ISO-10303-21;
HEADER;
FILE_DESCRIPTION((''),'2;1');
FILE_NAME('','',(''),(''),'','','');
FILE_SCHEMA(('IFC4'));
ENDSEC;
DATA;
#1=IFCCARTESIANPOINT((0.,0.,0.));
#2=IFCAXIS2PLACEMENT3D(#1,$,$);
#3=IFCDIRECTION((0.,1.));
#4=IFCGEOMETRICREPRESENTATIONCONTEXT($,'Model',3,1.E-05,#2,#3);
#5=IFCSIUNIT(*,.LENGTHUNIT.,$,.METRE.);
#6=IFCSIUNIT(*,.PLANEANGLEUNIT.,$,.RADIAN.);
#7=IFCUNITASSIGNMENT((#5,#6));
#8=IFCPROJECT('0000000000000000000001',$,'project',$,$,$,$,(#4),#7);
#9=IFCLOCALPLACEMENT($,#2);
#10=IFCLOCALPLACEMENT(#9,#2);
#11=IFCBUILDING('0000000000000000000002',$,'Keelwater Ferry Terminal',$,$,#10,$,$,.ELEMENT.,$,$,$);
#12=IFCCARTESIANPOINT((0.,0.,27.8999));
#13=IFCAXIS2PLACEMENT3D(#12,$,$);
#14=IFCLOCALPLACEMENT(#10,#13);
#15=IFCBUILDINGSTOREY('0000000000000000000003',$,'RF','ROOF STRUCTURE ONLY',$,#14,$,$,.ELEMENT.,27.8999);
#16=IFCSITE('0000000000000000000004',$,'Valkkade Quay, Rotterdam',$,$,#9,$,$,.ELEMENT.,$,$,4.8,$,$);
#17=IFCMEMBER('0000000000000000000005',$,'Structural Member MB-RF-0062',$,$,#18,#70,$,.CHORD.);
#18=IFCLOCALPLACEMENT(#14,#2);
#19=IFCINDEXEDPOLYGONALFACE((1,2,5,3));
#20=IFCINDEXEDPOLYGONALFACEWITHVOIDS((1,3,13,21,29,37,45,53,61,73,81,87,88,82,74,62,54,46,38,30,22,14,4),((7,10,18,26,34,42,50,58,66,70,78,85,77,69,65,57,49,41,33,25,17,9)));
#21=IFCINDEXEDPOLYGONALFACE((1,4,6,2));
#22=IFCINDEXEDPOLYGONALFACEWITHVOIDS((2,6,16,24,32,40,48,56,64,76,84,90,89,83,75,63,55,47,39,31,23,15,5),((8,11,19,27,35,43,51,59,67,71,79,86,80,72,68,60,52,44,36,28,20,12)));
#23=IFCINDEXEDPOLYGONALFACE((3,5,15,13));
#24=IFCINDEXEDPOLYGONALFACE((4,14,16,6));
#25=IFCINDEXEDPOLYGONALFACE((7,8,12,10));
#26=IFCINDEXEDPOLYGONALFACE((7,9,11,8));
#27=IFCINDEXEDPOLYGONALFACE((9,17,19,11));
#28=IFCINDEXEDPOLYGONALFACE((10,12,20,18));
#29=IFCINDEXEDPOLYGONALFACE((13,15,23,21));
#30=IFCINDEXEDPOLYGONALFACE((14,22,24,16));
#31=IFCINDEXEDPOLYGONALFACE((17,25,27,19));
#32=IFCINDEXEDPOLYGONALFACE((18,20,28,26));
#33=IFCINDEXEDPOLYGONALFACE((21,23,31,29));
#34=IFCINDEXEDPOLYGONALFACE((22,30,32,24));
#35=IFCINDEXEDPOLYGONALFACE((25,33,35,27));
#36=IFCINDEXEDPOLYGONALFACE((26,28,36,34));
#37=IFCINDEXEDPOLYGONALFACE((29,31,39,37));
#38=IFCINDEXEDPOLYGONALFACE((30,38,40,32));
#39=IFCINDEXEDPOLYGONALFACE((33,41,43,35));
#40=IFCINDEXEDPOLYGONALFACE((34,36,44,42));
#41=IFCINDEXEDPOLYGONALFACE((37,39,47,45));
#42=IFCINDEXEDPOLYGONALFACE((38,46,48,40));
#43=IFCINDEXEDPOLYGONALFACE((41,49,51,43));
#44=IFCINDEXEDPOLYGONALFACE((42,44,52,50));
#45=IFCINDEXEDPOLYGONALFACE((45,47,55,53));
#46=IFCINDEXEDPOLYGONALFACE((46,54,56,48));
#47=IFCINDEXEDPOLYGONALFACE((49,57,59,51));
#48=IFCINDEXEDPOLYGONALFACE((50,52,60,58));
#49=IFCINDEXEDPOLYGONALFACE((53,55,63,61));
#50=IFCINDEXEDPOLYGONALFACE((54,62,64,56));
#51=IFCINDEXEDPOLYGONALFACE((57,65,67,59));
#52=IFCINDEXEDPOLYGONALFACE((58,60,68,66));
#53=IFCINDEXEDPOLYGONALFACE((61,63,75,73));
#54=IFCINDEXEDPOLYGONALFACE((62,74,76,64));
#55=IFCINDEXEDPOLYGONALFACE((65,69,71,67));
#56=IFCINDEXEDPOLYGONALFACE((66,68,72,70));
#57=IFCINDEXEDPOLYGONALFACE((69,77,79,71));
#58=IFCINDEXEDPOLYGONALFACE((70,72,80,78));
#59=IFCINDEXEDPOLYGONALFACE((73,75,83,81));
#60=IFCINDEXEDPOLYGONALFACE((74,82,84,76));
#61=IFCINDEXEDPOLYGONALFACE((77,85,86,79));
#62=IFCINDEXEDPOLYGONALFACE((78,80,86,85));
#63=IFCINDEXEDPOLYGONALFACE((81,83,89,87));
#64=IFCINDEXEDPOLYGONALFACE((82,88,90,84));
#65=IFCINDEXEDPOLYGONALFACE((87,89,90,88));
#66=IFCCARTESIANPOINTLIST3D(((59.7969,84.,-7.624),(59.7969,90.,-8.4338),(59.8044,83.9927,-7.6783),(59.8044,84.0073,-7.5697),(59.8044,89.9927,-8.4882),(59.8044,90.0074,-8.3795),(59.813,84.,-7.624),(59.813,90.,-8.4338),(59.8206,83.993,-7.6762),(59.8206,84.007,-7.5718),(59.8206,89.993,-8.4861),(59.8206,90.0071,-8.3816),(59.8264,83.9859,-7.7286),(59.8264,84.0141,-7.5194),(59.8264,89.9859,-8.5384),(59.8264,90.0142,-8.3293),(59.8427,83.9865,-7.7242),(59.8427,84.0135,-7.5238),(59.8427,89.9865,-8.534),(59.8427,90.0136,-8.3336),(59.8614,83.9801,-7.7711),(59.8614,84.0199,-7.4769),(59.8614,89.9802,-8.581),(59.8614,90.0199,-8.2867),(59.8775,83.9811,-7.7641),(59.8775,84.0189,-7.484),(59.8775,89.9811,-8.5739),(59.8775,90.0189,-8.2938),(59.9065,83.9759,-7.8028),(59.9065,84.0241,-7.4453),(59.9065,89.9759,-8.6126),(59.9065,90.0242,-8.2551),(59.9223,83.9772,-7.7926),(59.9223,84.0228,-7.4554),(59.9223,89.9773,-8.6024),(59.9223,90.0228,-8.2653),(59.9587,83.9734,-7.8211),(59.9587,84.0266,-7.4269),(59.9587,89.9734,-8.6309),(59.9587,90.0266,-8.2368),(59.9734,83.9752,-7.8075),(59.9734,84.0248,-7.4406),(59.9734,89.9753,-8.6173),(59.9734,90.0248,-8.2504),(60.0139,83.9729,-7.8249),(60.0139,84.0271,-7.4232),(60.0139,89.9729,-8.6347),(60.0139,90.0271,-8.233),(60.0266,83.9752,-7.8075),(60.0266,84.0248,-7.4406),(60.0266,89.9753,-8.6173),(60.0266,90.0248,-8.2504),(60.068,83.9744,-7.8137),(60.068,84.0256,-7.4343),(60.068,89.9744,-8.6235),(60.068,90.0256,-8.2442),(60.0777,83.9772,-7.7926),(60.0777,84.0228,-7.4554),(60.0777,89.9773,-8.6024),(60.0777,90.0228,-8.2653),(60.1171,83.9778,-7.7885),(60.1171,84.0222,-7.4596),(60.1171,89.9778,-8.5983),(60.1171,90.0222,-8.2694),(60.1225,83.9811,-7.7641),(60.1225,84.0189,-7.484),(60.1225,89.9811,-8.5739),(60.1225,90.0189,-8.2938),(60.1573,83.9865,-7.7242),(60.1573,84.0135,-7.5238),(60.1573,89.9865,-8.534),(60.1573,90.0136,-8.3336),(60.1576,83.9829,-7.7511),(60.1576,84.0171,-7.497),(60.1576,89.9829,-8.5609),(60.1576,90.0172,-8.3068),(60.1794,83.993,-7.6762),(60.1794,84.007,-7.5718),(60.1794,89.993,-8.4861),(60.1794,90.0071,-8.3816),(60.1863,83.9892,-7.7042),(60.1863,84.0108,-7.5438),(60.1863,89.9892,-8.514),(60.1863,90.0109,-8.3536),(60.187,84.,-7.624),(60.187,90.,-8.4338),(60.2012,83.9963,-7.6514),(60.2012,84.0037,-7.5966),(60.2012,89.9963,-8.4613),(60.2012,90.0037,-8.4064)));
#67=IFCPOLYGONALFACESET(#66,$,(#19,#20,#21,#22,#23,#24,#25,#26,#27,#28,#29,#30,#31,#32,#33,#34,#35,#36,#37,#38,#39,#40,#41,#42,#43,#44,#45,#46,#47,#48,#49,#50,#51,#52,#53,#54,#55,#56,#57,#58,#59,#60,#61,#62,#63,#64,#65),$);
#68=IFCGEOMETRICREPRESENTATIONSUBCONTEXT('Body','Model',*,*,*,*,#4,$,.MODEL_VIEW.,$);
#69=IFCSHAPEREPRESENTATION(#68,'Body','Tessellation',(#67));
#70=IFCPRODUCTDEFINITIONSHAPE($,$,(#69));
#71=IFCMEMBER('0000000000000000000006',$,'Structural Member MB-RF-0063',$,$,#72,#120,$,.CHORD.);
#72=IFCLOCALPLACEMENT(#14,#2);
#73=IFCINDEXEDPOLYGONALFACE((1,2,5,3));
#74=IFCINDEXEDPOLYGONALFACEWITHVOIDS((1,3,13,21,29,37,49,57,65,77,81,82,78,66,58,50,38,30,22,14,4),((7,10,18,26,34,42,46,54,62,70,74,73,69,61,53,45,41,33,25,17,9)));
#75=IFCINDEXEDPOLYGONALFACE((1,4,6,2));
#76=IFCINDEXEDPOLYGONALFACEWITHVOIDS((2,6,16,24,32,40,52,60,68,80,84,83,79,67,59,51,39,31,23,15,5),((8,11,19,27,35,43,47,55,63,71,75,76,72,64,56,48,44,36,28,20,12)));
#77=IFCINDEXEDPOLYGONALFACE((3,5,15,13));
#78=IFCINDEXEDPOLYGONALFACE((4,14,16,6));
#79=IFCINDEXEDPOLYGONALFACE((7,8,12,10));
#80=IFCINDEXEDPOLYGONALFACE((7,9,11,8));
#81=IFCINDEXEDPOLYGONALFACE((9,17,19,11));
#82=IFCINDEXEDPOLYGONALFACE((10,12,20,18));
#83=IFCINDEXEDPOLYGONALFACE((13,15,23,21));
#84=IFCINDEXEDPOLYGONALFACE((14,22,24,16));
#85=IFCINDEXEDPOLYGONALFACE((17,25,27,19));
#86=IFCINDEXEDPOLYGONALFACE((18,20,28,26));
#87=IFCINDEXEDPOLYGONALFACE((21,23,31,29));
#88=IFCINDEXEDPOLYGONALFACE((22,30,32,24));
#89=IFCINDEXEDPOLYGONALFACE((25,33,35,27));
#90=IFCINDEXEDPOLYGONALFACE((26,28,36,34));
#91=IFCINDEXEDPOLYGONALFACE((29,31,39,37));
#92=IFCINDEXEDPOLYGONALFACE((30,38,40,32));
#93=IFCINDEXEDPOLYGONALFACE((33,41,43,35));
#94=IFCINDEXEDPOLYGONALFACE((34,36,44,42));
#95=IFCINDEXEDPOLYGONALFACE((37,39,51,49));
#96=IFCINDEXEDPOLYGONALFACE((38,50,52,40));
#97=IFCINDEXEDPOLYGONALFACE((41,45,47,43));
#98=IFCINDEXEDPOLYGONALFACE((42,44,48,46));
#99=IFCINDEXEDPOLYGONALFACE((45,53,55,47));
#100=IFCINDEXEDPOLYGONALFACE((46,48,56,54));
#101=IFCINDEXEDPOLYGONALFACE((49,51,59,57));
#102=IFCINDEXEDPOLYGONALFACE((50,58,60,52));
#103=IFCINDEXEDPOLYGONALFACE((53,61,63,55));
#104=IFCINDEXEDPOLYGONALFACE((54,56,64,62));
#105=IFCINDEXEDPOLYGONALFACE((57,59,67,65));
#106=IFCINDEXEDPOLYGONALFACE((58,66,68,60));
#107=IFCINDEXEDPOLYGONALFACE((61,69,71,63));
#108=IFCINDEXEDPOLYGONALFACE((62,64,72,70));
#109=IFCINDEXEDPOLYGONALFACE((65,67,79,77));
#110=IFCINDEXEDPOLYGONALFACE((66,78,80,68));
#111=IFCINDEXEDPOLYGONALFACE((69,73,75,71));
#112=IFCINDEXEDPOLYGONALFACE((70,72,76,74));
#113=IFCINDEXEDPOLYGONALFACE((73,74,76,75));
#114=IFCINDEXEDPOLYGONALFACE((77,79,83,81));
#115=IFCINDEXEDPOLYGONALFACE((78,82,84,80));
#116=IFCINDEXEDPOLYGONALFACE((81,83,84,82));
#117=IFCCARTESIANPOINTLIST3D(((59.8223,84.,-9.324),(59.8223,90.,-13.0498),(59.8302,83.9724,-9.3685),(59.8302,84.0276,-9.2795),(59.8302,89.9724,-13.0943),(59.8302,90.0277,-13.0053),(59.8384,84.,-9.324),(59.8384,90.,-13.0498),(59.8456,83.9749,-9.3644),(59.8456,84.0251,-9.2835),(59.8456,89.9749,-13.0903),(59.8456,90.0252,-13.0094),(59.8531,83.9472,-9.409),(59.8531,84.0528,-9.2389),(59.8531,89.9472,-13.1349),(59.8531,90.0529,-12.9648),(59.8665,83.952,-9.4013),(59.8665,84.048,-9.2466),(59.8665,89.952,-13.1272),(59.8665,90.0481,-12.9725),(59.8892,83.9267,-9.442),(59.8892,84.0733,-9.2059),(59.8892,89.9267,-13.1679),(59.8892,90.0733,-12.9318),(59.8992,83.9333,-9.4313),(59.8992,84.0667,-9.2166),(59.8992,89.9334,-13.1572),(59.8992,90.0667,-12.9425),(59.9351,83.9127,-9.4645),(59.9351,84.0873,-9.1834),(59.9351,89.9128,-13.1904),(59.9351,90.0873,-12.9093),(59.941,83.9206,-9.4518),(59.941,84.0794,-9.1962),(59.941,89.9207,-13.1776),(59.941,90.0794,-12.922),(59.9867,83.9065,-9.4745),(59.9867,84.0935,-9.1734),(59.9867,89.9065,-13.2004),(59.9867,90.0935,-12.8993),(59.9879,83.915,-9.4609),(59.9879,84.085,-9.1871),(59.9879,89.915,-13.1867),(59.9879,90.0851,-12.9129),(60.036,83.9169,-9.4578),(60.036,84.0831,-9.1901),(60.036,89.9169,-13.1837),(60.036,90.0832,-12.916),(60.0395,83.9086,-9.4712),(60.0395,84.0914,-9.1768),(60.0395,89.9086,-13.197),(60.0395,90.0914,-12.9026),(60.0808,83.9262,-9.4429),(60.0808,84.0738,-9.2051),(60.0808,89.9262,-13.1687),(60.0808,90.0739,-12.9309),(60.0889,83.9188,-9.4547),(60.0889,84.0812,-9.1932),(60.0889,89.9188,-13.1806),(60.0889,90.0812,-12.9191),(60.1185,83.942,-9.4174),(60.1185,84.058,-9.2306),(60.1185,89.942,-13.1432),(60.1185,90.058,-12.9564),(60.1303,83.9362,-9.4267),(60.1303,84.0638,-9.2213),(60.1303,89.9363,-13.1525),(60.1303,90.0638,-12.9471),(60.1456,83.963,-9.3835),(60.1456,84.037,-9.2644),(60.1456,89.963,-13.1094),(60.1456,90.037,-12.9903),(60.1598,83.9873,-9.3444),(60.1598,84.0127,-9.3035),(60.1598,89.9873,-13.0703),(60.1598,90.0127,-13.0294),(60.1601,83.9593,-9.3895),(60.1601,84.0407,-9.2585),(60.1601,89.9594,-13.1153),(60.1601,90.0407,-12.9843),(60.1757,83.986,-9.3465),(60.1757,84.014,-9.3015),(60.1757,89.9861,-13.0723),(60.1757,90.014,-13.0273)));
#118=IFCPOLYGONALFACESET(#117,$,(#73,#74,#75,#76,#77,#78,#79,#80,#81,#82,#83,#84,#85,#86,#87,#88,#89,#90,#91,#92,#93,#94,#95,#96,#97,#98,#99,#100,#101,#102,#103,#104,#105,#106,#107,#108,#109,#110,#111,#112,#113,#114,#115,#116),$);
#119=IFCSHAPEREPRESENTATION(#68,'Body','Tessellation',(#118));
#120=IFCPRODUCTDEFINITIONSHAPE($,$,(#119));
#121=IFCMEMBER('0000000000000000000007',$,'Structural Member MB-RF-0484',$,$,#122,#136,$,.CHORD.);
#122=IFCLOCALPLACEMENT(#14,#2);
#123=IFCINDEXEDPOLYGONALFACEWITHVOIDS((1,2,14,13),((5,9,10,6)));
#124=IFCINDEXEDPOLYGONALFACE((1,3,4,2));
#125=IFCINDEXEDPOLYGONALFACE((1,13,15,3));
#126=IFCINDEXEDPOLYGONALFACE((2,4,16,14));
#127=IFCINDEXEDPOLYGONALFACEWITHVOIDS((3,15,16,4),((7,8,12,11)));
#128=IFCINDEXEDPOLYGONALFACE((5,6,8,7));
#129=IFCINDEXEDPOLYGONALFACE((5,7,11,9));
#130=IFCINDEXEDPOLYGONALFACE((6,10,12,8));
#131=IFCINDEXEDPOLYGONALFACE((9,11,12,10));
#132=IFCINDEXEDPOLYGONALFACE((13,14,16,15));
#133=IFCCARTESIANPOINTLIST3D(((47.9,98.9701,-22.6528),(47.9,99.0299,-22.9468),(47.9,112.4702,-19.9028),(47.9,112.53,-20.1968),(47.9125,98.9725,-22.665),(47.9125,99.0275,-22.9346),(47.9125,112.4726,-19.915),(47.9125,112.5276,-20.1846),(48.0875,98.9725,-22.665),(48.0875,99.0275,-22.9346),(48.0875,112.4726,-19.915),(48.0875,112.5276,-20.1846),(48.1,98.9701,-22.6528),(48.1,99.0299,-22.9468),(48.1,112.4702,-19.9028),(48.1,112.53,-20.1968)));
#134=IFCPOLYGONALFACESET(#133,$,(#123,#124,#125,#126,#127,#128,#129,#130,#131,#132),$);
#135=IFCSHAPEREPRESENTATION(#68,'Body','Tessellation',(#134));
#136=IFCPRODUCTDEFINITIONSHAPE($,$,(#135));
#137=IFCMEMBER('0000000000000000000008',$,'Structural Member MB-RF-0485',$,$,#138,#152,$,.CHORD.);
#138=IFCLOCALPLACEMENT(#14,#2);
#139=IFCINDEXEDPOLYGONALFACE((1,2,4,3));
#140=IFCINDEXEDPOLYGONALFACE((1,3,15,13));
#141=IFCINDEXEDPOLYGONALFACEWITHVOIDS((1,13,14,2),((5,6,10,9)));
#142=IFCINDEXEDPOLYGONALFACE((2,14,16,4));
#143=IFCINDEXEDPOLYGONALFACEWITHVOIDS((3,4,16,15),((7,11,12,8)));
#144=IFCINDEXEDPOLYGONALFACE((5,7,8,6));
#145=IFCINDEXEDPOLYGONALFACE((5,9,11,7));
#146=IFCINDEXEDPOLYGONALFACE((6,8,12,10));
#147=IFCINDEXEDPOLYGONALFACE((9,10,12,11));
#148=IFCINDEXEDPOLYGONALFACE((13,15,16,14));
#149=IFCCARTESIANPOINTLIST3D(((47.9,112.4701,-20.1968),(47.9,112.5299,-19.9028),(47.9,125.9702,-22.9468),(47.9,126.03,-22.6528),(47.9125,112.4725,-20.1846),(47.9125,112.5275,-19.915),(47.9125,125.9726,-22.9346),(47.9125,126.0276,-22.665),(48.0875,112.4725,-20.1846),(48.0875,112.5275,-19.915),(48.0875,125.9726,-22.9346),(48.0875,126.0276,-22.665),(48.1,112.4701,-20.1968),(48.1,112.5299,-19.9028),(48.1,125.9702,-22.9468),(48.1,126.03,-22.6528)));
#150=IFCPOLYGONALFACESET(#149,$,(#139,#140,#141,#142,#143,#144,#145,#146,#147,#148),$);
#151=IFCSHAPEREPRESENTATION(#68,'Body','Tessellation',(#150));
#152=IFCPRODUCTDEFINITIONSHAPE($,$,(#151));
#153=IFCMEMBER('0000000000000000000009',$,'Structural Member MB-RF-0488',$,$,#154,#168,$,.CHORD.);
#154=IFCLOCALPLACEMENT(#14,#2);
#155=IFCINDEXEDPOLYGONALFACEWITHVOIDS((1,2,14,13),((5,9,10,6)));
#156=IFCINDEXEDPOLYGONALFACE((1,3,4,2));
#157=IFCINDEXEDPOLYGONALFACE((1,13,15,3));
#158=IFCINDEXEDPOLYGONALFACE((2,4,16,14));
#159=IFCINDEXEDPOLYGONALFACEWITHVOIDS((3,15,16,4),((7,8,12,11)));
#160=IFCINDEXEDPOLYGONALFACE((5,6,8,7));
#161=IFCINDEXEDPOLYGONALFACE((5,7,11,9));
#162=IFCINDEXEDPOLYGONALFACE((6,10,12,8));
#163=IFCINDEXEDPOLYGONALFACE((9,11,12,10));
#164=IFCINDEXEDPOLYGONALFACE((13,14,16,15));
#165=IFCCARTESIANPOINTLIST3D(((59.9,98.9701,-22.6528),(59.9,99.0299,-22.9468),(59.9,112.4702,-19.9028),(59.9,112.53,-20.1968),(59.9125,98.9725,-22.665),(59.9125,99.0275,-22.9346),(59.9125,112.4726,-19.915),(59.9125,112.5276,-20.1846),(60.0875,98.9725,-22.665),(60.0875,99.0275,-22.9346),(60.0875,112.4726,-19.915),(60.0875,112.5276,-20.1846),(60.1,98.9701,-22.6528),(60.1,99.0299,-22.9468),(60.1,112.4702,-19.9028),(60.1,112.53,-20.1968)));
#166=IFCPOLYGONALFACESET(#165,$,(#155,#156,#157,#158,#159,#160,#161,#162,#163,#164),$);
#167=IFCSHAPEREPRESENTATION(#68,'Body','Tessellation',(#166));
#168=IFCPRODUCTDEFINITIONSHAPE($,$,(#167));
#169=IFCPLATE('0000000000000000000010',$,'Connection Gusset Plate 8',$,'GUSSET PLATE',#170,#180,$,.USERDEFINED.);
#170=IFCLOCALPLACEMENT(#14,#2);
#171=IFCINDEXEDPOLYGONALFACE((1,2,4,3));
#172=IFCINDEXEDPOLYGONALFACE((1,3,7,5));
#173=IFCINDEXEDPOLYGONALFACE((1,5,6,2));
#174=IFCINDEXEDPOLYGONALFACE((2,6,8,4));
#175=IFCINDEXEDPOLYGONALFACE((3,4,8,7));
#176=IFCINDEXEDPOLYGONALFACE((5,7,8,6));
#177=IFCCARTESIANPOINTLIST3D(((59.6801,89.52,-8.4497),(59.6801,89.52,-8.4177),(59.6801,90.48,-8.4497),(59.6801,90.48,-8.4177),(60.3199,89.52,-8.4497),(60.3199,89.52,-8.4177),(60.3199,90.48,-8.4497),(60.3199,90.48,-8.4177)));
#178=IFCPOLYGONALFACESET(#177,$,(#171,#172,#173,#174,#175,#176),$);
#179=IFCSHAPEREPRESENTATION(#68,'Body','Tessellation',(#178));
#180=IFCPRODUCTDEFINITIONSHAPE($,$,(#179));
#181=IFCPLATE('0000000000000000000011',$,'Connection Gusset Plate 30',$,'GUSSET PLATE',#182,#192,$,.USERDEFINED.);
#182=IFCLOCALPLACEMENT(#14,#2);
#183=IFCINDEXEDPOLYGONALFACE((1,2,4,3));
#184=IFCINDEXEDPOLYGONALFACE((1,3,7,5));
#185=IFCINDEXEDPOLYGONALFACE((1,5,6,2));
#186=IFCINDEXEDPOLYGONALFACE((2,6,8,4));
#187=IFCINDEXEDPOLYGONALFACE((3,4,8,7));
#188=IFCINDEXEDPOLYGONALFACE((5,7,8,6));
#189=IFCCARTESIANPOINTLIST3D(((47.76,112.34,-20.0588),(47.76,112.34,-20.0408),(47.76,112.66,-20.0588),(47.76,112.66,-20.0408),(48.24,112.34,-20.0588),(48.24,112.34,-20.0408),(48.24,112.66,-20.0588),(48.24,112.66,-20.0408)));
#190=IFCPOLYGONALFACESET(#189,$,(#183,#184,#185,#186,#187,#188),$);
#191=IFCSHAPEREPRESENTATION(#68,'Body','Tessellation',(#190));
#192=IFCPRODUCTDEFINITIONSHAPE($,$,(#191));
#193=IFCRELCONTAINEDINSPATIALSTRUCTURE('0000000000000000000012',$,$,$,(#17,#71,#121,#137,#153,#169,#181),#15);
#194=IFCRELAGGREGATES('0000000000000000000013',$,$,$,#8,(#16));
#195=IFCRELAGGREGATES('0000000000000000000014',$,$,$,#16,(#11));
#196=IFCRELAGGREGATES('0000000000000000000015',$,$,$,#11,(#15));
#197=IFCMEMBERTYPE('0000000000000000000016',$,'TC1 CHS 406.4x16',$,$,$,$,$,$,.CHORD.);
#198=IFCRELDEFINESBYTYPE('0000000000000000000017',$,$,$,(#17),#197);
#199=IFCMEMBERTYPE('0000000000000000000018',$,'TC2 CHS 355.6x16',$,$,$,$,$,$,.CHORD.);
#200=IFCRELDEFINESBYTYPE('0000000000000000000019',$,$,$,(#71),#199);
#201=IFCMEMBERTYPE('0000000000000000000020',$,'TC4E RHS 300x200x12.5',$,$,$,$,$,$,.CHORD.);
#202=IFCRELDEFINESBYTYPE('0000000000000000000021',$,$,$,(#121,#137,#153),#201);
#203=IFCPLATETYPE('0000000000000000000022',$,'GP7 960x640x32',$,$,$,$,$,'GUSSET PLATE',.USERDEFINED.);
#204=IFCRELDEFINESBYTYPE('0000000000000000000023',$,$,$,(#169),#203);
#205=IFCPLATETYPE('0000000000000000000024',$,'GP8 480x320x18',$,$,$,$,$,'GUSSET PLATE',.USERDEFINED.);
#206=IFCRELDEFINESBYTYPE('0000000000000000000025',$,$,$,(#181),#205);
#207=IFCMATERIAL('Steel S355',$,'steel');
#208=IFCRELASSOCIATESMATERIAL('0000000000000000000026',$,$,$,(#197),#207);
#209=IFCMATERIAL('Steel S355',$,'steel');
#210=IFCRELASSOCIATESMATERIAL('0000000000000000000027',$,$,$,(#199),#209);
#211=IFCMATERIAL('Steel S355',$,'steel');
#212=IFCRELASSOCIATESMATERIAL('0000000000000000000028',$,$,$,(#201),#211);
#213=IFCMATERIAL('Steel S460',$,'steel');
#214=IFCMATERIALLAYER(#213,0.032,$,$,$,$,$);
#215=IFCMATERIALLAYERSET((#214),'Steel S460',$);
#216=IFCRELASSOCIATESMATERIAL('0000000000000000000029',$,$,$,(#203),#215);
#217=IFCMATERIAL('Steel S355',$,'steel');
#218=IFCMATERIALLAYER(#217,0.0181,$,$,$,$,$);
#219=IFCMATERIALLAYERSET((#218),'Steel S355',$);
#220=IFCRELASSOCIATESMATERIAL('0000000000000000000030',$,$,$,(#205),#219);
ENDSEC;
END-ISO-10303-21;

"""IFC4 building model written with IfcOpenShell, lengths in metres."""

from ifc_helpers import new_model, si_unit, direction, frame, origin, origin_2d, place, context, subcontext, project, spatial, rectangle, hollow_rectangle, hollow_circle, extrude, material, layer, layer_set, material_profile, profile_set, type_object, element, save


model = new_model("IFC4")

# Units and contexts
model_context = context("Model", 3, precision=1e-05, world=origin(), true_north=direction((0.0, 1.0)))
body_context = subcontext(model_context, "Body", "Model", "MODEL_VIEW")
ifc_project = project(units=[si_unit("LENGTHUNIT", "METRE"), si_unit("PLANEANGLEUNIT", "RADIAN")], contexts=[model_context])

# Site, building, storey
site_placement = place(None, origin())
site = spatial("IfcSite", under=ifc_project, at=site_placement, Name="Valkkade Quay, Rotterdam", CompositionType="ELEMENT", RefElevation=4.8)
building_placement = place(site_placement, origin())
building = spatial("IfcBuilding", under=site, at=building_placement, Name="Keelwater Ferry Terminal", CompositionType="ELEMENT")
storey_placement = place(building_placement, frame((0.0, 0.0, 27.8999)))
storey = spatial("IfcBuildingStorey", under=building, at=storey_placement, Name="RF", Description="ROOF STRUCTURE ONLY", CompositionType="ELEMENT", Elevation=27.8999)

# Members
ifc_material_1 = material(Name="Steel S355", Category="steel")
ifc_material_profile_1 = material_profile(ifc_material_1, hollow_circle(Radius=0.2031, WallThickness=0.0161, at=origin_2d()), Name="CHS 406.4x16")
ifc_profile_set_1 = profile_set([ifc_material_profile_1], Name="Steel S355")
member_type_1 = type_object("IfcMemberType", Name="TC1 CHS 406.4x16", PredefinedType="CHORD", material=ifc_profile_set_1)
member_1_placement = place(storey_placement, frame((60.0, 84.0, -7.624), z_axis=(0.0, 0.991014, -0.133756), x_axis=(-1.0, 0.0, 0.0)))
element("IfcMember", 1, at=member_1_placement, inside=storey, type_object=member_type_1, Name="Structural Member MB-RF-0062", PredefinedType="CHORD", context=body_context, shape_type="SweptSolid", body=[
    extrude(hollow_circle(Radius=0.2031, WallThickness=0.0161, at=origin_2d()), origin(), (0.0, 0.0, 1.0), 6.0544),
])
ifc_material_2 = material(Name="Steel S355", Category="steel")
ifc_material_profile_2 = material_profile(ifc_material_2, hollow_circle(Radius=0.1777, WallThickness=0.0161, at=origin_2d()), Name="CHS 355.6x16")
ifc_profile_set_2 = profile_set([ifc_material_profile_2], Name="Steel S355")
member_type_2 = type_object("IfcMemberType", Name="TC2 CHS 355.6x16", PredefinedType="CHORD", material=ifc_profile_set_2)
member_2_placement = place(storey_placement, frame((60.0, 84.0, -9.324), z_axis=(0.0, 0.849533, -0.527536), x_axis=(-1.0, 0.0, 0.0)))
element("IfcMember", 2, at=member_2_placement, inside=storey, type_object=member_type_2, Name="Structural Member MB-RF-0063", PredefinedType="CHORD", context=body_context, shape_type="SweptSolid", body=[
    extrude(hollow_circle(Radius=0.1777, WallThickness=0.0161, at=origin_2d()), origin(), (0.0, 0.0, 1.0), 7.0627),
])
ifc_material_3 = material(Name="Steel S355", Category="steel")
ifc_material_profile_3 = material_profile(ifc_material_3, hollow_rectangle(XDim=0.2, YDim=0.3, WallThickness=0.0125, at=origin_2d()), Name="RHS 300x200x12.5")
ifc_profile_set_3 = profile_set([ifc_material_profile_3], Name="Steel S355")
member_type_3 = type_object("IfcMemberType", Name="TC4E RHS 300x200x12.5", PredefinedType="CHORD", material=ifc_profile_set_3)
for number, where, z_axis, x_axis, name in (
    (3, (48.0, 99.0, -22.7998), (0.0, 0.979877, 0.199604), (-1.0, 0.0, 0.0), "Structural Member MB-RF-0484"),
    (4, (48.0, 112.5, -20.0498), (0.0, 0.979877, -0.199604), (-1.0, 0.0, 0.0), "Structural Member MB-RF-0485"),
    (5, (60.0, 99.0, -22.7998), (0.0, 0.979877, 0.199604), (-1.0, 0.0, 0.0), "Structural Member MB-RF-0488"),
):
    element("IfcMember", number, at=place(storey_placement, frame(where, z_axis=z_axis, x_axis=x_axis)), inside=storey, type_object=member_type_3, Name=name, PredefinedType="CHORD", context=body_context, shape_type="SweptSolid", body=[
        extrude(hollow_rectangle(XDim=0.2, YDim=0.3, WallThickness=0.0125, at=origin_2d()), origin(), (0.0, 0.0, 1.0), 13.7773),
    ])

# Plates
ifc_material_4 = material(Name="Steel S460", Category="steel")
ifc_layer_1 = layer(ifc_material_4, 0.032)
ifc_layer_set_1 = layer_set([ifc_layer_1], Name="Steel S460")
plate_type_1 = type_object("IfcPlateType", Name="GP7 960x640x32", ElementType="GUSSET PLATE", PredefinedType="USERDEFINED", material=ifc_layer_set_1)
plate_1_placement = place(storey_placement, frame((60.0, 90.0, -8.4497), z_axis=(0.0, 0.0, 1.0), x_axis=(0.0, 1.0, 0.0)))
element("IfcPlate", 6, at=plate_1_placement, inside=storey, type_object=plate_type_1, Name="Connection Gusset Plate 8", ObjectType="GUSSET PLATE", PredefinedType="USERDEFINED", context=body_context, shape_type="SweptSolid", body=[
    extrude(rectangle(XDim=0.96, YDim=0.6399, at=origin_2d()), origin(), (0.0, 0.0, 1.0), 0.032),
])
ifc_material_5 = material(Name="Steel S355", Category="steel")
ifc_layer_2 = layer(ifc_material_5, 0.0181)
ifc_layer_set_2 = layer_set([ifc_layer_2], Name="Steel S355")
plate_type_2 = type_object("IfcPlateType", Name="GP8 480x320x18", ElementType="GUSSET PLATE", PredefinedType="USERDEFINED", material=ifc_layer_set_2)
plate_2_placement = place(storey_placement, frame((48.0, 112.5, -20.0588), z_axis=(0.0, 0.0, 1.0), x_axis=(1.0, 0.0, 0.0)))
element("IfcPlate", 7, at=plate_2_placement, inside=storey, type_object=plate_type_2, Name="Connection Gusset Plate 30", ObjectType="GUSSET PLATE", PredefinedType="USERDEFINED", context=body_context, shape_type="SweptSolid", body=[
    extrude(rectangle(XDim=0.48, YDim=0.3201, at=origin_2d()), origin(), (0.0, 0.0, 1.0), 0.0181),
])

save(model, "model.ifc")
